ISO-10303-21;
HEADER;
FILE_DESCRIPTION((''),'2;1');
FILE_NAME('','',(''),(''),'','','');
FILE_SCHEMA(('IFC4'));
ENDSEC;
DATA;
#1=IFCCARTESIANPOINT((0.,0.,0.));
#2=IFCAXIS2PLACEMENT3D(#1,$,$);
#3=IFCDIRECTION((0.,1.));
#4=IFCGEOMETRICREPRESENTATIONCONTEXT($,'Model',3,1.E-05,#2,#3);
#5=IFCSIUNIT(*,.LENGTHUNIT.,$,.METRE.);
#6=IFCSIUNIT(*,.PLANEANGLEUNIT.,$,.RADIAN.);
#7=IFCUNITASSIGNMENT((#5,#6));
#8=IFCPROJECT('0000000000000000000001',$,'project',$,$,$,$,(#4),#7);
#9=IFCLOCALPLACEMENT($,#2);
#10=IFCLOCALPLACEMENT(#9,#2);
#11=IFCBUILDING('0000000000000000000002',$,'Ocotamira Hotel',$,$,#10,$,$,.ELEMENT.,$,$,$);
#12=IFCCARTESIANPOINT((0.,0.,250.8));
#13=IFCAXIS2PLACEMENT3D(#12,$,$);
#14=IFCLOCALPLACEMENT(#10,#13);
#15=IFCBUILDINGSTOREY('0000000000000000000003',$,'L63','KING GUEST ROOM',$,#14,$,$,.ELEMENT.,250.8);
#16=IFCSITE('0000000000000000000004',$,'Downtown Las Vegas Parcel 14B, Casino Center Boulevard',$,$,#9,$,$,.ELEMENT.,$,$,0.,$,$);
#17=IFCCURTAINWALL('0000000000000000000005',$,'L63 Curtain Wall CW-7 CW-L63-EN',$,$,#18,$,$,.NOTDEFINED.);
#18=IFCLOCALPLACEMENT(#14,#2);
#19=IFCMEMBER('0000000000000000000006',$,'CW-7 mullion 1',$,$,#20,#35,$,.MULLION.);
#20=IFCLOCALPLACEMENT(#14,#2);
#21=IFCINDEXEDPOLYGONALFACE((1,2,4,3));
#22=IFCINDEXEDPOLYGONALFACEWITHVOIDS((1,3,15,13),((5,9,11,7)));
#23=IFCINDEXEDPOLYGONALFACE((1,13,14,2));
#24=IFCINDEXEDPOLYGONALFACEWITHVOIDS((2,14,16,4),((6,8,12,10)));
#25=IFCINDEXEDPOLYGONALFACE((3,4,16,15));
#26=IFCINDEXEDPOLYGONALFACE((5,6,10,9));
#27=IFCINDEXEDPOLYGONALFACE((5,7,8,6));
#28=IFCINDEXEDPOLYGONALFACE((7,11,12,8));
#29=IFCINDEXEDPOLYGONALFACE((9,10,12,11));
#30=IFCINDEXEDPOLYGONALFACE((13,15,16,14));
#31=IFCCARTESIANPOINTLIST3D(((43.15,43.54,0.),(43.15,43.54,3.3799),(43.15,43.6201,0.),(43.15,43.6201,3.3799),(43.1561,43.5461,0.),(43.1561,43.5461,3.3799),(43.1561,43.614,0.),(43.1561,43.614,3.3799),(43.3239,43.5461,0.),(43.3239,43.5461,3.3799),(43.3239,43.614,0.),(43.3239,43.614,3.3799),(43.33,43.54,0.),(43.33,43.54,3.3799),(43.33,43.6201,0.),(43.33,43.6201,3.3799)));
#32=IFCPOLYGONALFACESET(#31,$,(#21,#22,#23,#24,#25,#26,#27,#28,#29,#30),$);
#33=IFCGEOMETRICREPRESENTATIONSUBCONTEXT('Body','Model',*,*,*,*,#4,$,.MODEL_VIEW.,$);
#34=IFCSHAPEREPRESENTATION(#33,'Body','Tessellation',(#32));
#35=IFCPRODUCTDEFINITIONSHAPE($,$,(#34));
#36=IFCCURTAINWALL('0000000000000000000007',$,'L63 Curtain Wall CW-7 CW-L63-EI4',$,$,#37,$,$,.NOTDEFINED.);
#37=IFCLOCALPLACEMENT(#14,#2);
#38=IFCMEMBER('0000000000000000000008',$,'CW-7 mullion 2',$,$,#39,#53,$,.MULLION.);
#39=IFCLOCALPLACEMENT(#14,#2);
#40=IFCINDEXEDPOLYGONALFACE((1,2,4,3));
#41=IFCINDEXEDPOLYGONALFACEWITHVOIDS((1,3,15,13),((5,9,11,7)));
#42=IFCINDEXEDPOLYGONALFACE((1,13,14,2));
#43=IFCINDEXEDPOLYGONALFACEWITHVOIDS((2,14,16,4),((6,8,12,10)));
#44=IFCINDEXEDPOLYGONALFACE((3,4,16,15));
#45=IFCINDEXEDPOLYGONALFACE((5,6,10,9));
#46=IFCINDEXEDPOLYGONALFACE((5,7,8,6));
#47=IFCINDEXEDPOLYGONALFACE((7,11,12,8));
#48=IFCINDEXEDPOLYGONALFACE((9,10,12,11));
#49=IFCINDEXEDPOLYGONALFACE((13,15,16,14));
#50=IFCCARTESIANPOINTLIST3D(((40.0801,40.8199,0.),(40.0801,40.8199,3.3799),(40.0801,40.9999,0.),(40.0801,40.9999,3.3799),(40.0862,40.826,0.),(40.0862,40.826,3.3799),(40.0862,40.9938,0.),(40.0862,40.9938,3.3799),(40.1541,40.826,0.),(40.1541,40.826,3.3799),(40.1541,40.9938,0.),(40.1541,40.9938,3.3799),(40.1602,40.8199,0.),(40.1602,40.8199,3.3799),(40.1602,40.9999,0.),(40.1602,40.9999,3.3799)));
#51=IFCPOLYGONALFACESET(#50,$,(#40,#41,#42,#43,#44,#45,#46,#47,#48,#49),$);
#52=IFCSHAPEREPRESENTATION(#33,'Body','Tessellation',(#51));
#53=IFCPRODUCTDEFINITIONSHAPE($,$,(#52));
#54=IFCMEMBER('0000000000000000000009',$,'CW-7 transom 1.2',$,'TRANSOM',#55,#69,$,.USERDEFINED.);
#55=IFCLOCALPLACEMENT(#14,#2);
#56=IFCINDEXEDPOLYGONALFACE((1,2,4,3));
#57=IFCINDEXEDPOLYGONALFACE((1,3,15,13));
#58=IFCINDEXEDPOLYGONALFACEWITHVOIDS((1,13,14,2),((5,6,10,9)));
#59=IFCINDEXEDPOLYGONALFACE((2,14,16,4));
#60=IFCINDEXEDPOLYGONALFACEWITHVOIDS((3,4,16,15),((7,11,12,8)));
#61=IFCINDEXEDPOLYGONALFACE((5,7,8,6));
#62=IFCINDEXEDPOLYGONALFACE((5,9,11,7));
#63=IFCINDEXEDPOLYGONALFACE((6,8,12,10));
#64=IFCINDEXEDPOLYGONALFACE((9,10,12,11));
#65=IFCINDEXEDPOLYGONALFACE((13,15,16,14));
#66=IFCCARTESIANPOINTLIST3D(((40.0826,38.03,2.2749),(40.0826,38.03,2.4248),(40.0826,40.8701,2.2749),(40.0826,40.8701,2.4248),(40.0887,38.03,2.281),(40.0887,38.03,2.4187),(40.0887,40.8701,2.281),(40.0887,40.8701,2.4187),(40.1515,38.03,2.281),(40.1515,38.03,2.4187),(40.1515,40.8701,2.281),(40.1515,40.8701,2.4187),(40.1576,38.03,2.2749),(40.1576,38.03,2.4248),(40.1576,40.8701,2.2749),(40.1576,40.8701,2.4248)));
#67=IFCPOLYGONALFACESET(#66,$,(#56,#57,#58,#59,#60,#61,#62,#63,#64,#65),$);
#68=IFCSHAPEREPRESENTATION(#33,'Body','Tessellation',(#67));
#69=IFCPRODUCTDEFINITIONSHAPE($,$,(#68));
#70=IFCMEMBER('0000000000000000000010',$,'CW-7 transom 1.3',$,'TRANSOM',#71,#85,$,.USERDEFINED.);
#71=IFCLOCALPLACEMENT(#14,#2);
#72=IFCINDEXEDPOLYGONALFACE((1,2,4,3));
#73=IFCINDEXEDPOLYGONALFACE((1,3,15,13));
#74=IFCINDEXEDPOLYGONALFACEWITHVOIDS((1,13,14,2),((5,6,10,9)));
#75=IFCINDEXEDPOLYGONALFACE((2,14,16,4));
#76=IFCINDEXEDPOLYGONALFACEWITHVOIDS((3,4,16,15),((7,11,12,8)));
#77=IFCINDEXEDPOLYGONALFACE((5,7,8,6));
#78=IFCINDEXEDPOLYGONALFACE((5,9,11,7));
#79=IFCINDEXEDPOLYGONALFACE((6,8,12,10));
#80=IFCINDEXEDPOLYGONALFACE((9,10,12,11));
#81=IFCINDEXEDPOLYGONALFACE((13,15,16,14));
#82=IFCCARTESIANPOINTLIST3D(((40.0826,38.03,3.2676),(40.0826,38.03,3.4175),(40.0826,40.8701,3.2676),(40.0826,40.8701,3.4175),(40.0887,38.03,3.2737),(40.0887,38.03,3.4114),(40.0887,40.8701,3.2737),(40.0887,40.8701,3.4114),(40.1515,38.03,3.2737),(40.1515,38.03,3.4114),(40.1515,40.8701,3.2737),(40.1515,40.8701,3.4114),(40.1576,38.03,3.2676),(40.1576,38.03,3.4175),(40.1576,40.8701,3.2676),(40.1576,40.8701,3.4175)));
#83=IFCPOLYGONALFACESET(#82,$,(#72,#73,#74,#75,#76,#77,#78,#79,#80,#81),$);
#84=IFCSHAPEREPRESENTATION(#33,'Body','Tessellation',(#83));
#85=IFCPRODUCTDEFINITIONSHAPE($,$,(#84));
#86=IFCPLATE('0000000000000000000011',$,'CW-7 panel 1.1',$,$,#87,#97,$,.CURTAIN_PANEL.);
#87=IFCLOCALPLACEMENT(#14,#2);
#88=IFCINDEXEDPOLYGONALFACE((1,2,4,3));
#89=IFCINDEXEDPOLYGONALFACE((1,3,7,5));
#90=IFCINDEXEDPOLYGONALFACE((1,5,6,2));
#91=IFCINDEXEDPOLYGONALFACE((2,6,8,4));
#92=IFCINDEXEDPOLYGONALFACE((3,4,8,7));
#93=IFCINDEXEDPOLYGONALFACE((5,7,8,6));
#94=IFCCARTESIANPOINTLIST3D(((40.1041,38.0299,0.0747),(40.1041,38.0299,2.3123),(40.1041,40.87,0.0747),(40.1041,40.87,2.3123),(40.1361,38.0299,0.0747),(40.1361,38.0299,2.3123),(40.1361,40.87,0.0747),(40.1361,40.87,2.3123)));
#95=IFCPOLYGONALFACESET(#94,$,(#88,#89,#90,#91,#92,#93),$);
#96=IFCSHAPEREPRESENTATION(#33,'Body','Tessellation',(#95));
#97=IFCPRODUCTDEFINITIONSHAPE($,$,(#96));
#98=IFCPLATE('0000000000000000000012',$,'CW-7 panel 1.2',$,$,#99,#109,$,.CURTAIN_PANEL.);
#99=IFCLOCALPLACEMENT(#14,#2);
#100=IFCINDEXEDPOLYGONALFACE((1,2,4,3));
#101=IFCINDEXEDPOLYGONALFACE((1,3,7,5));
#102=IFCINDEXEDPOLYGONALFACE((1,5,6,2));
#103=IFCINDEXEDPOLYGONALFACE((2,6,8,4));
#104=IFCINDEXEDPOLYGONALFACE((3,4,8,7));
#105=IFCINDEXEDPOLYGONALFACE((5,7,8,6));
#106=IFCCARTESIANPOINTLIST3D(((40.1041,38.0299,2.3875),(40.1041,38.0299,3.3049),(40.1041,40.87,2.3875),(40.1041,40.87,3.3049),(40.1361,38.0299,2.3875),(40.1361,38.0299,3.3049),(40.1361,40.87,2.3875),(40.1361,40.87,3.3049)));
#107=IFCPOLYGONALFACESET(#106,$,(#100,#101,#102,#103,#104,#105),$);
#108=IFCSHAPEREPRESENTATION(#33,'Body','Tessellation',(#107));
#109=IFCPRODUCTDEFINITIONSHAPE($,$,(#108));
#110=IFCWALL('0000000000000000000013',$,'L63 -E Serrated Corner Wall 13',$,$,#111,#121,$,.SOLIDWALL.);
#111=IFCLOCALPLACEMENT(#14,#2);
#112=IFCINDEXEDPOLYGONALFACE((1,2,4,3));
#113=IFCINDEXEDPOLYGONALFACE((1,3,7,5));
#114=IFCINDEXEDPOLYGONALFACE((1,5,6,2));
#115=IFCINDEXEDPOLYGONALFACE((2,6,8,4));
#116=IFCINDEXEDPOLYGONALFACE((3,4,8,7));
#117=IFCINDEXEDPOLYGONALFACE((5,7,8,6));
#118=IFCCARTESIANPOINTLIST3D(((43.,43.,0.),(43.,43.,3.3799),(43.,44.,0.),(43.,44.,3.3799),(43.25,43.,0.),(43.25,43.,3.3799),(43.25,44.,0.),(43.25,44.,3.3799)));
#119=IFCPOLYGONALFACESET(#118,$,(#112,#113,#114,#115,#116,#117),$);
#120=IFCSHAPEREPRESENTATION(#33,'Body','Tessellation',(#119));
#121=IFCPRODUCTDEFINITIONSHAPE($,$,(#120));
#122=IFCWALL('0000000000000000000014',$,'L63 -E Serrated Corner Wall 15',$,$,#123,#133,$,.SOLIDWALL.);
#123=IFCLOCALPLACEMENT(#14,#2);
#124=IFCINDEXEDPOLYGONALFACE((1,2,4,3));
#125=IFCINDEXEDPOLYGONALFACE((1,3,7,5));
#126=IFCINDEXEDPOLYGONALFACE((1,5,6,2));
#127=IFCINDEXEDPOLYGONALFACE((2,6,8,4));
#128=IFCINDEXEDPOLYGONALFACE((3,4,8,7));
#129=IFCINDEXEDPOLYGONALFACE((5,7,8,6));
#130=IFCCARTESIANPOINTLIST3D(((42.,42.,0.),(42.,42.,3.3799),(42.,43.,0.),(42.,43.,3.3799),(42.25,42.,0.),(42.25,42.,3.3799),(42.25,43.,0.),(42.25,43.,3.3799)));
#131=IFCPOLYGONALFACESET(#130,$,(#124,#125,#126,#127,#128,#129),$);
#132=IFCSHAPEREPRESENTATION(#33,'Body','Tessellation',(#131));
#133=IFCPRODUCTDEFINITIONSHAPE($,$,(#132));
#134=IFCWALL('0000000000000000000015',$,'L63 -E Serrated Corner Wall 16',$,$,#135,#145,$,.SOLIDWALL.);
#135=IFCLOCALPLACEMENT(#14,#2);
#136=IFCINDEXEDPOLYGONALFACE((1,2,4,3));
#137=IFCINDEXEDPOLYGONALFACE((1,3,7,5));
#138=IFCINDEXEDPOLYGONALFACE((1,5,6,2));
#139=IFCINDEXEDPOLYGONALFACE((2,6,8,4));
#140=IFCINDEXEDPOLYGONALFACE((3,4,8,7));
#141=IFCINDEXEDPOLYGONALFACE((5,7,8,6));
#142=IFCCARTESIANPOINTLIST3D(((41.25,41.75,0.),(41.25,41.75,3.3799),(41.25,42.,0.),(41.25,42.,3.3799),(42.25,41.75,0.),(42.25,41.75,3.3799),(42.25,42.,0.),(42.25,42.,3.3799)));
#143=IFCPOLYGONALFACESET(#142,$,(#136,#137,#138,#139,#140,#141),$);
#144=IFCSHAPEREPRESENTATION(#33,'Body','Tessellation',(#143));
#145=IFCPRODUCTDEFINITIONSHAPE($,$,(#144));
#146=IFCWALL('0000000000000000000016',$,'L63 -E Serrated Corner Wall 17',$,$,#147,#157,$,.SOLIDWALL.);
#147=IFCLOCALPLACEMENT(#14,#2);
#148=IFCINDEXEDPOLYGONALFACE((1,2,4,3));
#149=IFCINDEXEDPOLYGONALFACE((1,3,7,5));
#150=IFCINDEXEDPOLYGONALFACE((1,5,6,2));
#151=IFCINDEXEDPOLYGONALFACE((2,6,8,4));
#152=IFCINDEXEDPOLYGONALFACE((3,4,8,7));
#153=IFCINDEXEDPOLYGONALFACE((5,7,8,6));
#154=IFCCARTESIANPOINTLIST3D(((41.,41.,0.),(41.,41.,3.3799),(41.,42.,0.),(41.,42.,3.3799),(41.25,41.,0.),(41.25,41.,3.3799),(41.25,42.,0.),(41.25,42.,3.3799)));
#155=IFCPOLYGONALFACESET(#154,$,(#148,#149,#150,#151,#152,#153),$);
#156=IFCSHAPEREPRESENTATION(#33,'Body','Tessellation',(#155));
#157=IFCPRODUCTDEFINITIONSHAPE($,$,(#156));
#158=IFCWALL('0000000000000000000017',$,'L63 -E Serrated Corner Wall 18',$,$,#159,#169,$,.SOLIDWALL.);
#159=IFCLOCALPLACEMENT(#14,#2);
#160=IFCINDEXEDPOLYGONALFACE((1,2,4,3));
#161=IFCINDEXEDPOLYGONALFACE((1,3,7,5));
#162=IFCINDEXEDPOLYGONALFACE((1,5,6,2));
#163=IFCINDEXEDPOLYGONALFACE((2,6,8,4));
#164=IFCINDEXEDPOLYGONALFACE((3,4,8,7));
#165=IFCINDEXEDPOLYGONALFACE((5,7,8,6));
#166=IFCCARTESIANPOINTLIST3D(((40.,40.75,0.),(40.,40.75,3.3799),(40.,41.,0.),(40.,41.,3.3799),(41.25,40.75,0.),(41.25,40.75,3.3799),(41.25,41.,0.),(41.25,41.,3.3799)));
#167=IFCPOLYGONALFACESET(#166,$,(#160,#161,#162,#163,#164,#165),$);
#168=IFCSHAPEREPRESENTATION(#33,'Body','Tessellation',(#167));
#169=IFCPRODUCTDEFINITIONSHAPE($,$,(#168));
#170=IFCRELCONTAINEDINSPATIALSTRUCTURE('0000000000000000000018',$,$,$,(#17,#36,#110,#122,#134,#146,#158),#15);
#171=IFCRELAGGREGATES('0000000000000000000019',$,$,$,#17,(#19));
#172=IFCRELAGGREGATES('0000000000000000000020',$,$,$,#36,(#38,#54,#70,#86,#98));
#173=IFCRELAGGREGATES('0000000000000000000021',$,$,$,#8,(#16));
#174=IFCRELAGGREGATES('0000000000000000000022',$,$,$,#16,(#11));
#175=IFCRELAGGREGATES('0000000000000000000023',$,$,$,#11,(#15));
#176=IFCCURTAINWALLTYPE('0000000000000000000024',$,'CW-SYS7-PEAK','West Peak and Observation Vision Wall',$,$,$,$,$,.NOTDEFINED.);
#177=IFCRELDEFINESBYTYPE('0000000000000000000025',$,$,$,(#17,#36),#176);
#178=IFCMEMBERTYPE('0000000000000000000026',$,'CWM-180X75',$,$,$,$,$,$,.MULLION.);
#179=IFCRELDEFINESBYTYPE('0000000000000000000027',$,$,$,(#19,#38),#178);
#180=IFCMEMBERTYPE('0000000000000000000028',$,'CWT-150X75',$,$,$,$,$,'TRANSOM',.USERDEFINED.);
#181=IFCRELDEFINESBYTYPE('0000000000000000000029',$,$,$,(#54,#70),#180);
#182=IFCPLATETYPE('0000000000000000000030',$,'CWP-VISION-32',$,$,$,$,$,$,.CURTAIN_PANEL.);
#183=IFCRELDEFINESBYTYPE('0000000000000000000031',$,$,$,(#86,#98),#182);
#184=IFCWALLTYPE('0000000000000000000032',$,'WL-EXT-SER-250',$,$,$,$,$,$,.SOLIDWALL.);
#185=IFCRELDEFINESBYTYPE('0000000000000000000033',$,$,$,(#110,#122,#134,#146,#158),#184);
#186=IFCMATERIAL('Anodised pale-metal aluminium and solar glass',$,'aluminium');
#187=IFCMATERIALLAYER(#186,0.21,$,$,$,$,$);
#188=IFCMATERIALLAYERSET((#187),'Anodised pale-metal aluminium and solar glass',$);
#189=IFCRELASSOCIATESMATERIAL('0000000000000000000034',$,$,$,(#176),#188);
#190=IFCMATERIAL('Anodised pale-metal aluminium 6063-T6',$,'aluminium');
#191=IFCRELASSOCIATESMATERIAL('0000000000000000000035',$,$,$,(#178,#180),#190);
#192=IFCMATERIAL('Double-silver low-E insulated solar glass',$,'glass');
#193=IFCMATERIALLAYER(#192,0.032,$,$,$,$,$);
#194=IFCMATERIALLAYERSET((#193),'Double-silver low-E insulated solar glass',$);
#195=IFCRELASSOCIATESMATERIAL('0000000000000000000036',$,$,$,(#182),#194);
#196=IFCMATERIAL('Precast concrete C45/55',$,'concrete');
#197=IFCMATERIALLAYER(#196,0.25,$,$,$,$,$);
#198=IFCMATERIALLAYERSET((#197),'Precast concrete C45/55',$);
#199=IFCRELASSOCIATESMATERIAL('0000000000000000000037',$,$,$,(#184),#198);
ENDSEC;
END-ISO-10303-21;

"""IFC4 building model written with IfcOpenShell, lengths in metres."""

from ifc_helpers import new_model, si_unit, direction, frame, frame_2d, origin, origin_2d, place, context, subcontext, project, spatial, rectangle, hollow_rectangle, extrude, source, transform, mapped, material, layer, layer_set, material_profile, profile_set, type_object, element, aggregate, save


model = new_model("IFC4")

# Units and contexts
model_context = context("Model", 3, precision=1e-05, world=origin(), true_north=direction((0.0, 1.0)))
body_context = subcontext(model_context, "Body", "Model", "MODEL_VIEW")
ifc_project = project(units=[si_unit("LENGTHUNIT", "METRE"), si_unit("PLANEANGLEUNIT", "RADIAN")], contexts=[model_context])

# Site, building, storey
site_placement = place(None, origin())
site = spatial("IfcSite", under=ifc_project, at=site_placement, Name="Downtown Las Vegas Parcel 14B, Casino Center Boulevard", CompositionType="ELEMENT", RefElevation=0.0)
building_placement = place(site_placement, origin())
building = spatial("IfcBuilding", under=site, at=building_placement, Name="Ocotamira Hotel", CompositionType="ELEMENT")
storey_placement = place(building_placement, frame((0.0, 0.0, 250.8)))
storey = spatial("IfcBuildingStorey", under=building, at=storey_placement, Name="L63", Description="KING GUEST ROOM", CompositionType="ELEMENT", Elevation=250.8)

# Curtain wall, member
ifc_material_1 = material(Name="Anodised pale-metal aluminium and solar glass", Category="aluminium")
ifc_layer_1 = layer(ifc_material_1, 0.21)
ifc_layer_set_1 = layer_set([ifc_layer_1], Name="Anodised pale-metal aluminium and solar glass")
curtain_wall_type = type_object("IfcCurtainWallType", Name="CW-SYS7-PEAK", Description="West Peak and Observation Vision Wall", PredefinedType="NOTDEFINED", material=ifc_layer_set_1)
curtain_wall_1_placement = place(storey_placement, origin())
curtain_wall_1 = element("IfcCurtainWall", 1, at=curtain_wall_1_placement, inside=storey, type_object=curtain_wall_type, Name="L63 Curtain Wall CW-7 CW-L63-EN", PredefinedType="NOTDEFINED")
ifc_material_2 = material(Name="Anodised pale-metal aluminium 6063-T6", Category="aluminium")
ifc_material_profile_1 = material_profile(ifc_material_2, hollow_rectangle(XDim=0.0801, YDim=0.1799, WallThickness=0.0061, at=origin_2d()), Name="HSS180X80X6")
ifc_profile_set_1 = profile_set([ifc_material_profile_1], Name="Anodised pale-metal aluminium 6063-T6")
member_type_1 = type_object("IfcMemberType", Name="CWM-180X75", PredefinedType="MULLION", material=ifc_profile_set_1)
shared_shape_1 = source(origin(), body_context, "Body", "SweptSolid", [
    extrude(hollow_rectangle(XDim=0.0801, YDim=0.1799, WallThickness=0.0061, at=origin_2d()), origin(), (0.0, 0.0, 1.0), 3.3799),
])
member_1_placement = place(storey_placement, frame((43.24, 43.5801, 0.0), z_axis=(0.0, 0.0, 1.0), x_axis=(0.0, 1.0, 0.0)))
member_1 = element("IfcMember", 2, at=member_1_placement, type_object=member_type_1, Name="CW-7 mullion 1", PredefinedType="MULLION", context=body_context, shape_type="MappedRepresentation", body=[
    mapped(shared_shape_1, transform((0.0, 0.0, 0.0), scale=1.0)),
])
aggregate(curtain_wall_1, [member_1])

# Curtain wall, members, plates
curtain_wall_2_placement = place(storey_placement, origin())
curtain_wall_2 = element("IfcCurtainWall", 3, at=curtain_wall_2_placement, inside=storey, type_object=curtain_wall_type, Name="L63 Curtain Wall CW-7 CW-L63-EI4", PredefinedType="NOTDEFINED")
member_2_placement = place(storey_placement, frame((40.1201, 40.9099, 0.0), z_axis=(0.0, 0.0, 1.0), x_axis=(-1.0, 0.0, 0.0)))
member_2 = element("IfcMember", 4, at=member_2_placement, type_object=member_type_1, Name="CW-7 mullion 2", PredefinedType="MULLION", context=body_context, shape_type="MappedRepresentation", body=[
    mapped(shared_shape_1, transform((0.0, 0.0, 0.0), scale=1.0)),
])
ifc_material_profile_2 = material_profile(ifc_material_2, hollow_rectangle(XDim=0.075, YDim=0.1499, WallThickness=0.0061, at=origin_2d()), Name="HSS150X75X6")
ifc_profile_set_2 = profile_set([ifc_material_profile_2], Name="Anodised pale-metal aluminium 6063-T6")
member_type_2 = type_object("IfcMemberType", Name="CWT-150X75", ElementType="TRANSOM", PredefinedType="USERDEFINED", material=ifc_profile_set_2)
shared_shape_2 = source(origin(), body_context, "Body", "SweptSolid", [
    extrude(hollow_rectangle(XDim=0.075, YDim=0.1499, WallThickness=0.0061, at=origin_2d()), origin(), (0.0, 0.0, 1.0), 2.8401),
])
member_3_placement = place(storey_placement, frame((40.1201, 38.03, 2.3499), z_axis=(0.0, 1.0, 0.0), x_axis=(-1.0, 0.0, 0.0)))
member_3 = element("IfcMember", 5, at=member_3_placement, type_object=member_type_2, Name="CW-7 transom 1.2", ObjectType="TRANSOM", PredefinedType="USERDEFINED", context=body_context, shape_type="MappedRepresentation", body=[
    mapped(shared_shape_2, transform((0.0, 0.0, 0.0), scale=1.0)),
])
member_4_placement = place(storey_placement, frame((40.1201, 38.03, 3.3425), z_axis=(0.0, 1.0, 0.0), x_axis=(-1.0, 0.0, 0.0)))
member_4 = element("IfcMember", 6, at=member_4_placement, type_object=member_type_2, Name="CW-7 transom 1.3", ObjectType="TRANSOM", PredefinedType="USERDEFINED", context=body_context, shape_type="MappedRepresentation", body=[
    mapped(shared_shape_2, transform((0.0, 0.0, 0.0), scale=1.0)),
])
ifc_material_3 = material(Name="Double-silver low-E insulated solar glass", Category="glass")
ifc_layer_2 = layer(ifc_material_3, 0.032)
ifc_layer_set_2 = layer_set([ifc_layer_2], Name="Double-silver low-E insulated solar glass")
plate_type = type_object("IfcPlateType", Name="CWP-VISION-32", PredefinedType="CURTAIN_PANEL", material=ifc_layer_set_2)
shared_shape_3 = source(origin(), body_context, "Body", "SweptSolid", [
    extrude(rectangle(XDim=2.8401, YDim=0.032, at=origin_2d()), origin(), (0.0, 0.0, 1.0), 2.2375),
])
plate_1_placement = place(storey_placement, frame((40.1201, 39.45, 0.0747), z_axis=(0.0, 0.0, 1.0), x_axis=(0.0, 1.0, 0.0)))
plate_1 = element("IfcPlate", 7, at=plate_1_placement, type_object=plate_type, Name="CW-7 panel 1.1", PredefinedType="CURTAIN_PANEL", context=body_context, shape_type="MappedRepresentation", body=[
    mapped(shared_shape_3, transform((0.0, 0.0, 0.0), scale=1.0)),
])
shared_shape_4 = source(origin(), body_context, "Body", "SweptSolid", [
    extrude(rectangle(XDim=2.8401, YDim=0.032, at=origin_2d()), origin(), (0.0, 0.0, 1.0), 0.9175),
])
plate_2_placement = place(storey_placement, frame((40.1201, 39.45, 2.3875), z_axis=(0.0, 0.0, 1.0), x_axis=(0.0, 1.0, 0.0)))
plate_2 = element("IfcPlate", 8, at=plate_2_placement, type_object=plate_type, Name="CW-7 panel 1.2", PredefinedType="CURTAIN_PANEL", context=body_context, shape_type="MappedRepresentation", body=[
    mapped(shared_shape_4, transform((0.0, 0.0, 0.0), scale=1.0)),
])
aggregate(curtain_wall_2, [member_2, member_3, member_4, plate_1, plate_2])

# Walls
ifc_material_4 = material(Name="Precast concrete C45/55", Category="concrete")
ifc_layer_3 = layer(ifc_material_4, 0.25)
ifc_layer_set_3 = layer_set([ifc_layer_3], Name="Precast concrete C45/55")
wall_type_1 = type_object("IfcWallType", Name="WL-EXT-SER-250", PredefinedType="SOLIDWALL", material=ifc_layer_set_3)
for number, where, z_axis, x_axis, name in (
    (9, (43.125, 44.0, 0.0), (0.0, 0.0, 1.0), (0.0, -1.0, 0.0), "L63 -E Serrated Corner Wall 13"),
    (10, (42.125, 43.0, 0.0), (0.0, 0.0, 1.0), (0.0, -1.0, 0.0), "L63 -E Serrated Corner Wall 15"),
    (11, (42.25, 41.875, 0.0), (0.0, 0.0, 1.0), (-1.0, 0.0, 0.0), "L63 -E Serrated Corner Wall 16"),
    (12, (41.125, 42.0, 0.0), (0.0, 0.0, 1.0), (0.0, -1.0, 0.0), "L63 -E Serrated Corner Wall 17"),
):
    element("IfcWall", number, at=place(storey_placement, frame(where, z_axis=z_axis, x_axis=x_axis)), inside=storey, type_object=wall_type_1, Name=name, PredefinedType="SOLIDWALL", context=body_context, shape_type="SweptSolid", body=[
        extrude(rectangle(XDim=1.0, YDim=0.25, at=frame_2d((0.5, 0.0))), origin(), (0.0, 0.0, 1.0), 3.3799),
    ])
wall_1_placement = place(storey_placement, frame((41.25, 40.875, 0.0), z_axis=(0.0, 0.0, 1.0), x_axis=(-1.0, 0.0, 0.0)))
element("IfcWall", 13, at=wall_1_placement, inside=storey, type_object=wall_type_1, Name="L63 -E Serrated Corner Wall 18", PredefinedType="SOLIDWALL", context=body_context, shape_type="SweptSolid", body=[
    extrude(rectangle(XDim=1.25, YDim=0.25, at=frame_2d((0.625, 0.0))), origin(), (0.0, 0.0, 1.0), 3.3799),
])

save(model, "model.ifc")
